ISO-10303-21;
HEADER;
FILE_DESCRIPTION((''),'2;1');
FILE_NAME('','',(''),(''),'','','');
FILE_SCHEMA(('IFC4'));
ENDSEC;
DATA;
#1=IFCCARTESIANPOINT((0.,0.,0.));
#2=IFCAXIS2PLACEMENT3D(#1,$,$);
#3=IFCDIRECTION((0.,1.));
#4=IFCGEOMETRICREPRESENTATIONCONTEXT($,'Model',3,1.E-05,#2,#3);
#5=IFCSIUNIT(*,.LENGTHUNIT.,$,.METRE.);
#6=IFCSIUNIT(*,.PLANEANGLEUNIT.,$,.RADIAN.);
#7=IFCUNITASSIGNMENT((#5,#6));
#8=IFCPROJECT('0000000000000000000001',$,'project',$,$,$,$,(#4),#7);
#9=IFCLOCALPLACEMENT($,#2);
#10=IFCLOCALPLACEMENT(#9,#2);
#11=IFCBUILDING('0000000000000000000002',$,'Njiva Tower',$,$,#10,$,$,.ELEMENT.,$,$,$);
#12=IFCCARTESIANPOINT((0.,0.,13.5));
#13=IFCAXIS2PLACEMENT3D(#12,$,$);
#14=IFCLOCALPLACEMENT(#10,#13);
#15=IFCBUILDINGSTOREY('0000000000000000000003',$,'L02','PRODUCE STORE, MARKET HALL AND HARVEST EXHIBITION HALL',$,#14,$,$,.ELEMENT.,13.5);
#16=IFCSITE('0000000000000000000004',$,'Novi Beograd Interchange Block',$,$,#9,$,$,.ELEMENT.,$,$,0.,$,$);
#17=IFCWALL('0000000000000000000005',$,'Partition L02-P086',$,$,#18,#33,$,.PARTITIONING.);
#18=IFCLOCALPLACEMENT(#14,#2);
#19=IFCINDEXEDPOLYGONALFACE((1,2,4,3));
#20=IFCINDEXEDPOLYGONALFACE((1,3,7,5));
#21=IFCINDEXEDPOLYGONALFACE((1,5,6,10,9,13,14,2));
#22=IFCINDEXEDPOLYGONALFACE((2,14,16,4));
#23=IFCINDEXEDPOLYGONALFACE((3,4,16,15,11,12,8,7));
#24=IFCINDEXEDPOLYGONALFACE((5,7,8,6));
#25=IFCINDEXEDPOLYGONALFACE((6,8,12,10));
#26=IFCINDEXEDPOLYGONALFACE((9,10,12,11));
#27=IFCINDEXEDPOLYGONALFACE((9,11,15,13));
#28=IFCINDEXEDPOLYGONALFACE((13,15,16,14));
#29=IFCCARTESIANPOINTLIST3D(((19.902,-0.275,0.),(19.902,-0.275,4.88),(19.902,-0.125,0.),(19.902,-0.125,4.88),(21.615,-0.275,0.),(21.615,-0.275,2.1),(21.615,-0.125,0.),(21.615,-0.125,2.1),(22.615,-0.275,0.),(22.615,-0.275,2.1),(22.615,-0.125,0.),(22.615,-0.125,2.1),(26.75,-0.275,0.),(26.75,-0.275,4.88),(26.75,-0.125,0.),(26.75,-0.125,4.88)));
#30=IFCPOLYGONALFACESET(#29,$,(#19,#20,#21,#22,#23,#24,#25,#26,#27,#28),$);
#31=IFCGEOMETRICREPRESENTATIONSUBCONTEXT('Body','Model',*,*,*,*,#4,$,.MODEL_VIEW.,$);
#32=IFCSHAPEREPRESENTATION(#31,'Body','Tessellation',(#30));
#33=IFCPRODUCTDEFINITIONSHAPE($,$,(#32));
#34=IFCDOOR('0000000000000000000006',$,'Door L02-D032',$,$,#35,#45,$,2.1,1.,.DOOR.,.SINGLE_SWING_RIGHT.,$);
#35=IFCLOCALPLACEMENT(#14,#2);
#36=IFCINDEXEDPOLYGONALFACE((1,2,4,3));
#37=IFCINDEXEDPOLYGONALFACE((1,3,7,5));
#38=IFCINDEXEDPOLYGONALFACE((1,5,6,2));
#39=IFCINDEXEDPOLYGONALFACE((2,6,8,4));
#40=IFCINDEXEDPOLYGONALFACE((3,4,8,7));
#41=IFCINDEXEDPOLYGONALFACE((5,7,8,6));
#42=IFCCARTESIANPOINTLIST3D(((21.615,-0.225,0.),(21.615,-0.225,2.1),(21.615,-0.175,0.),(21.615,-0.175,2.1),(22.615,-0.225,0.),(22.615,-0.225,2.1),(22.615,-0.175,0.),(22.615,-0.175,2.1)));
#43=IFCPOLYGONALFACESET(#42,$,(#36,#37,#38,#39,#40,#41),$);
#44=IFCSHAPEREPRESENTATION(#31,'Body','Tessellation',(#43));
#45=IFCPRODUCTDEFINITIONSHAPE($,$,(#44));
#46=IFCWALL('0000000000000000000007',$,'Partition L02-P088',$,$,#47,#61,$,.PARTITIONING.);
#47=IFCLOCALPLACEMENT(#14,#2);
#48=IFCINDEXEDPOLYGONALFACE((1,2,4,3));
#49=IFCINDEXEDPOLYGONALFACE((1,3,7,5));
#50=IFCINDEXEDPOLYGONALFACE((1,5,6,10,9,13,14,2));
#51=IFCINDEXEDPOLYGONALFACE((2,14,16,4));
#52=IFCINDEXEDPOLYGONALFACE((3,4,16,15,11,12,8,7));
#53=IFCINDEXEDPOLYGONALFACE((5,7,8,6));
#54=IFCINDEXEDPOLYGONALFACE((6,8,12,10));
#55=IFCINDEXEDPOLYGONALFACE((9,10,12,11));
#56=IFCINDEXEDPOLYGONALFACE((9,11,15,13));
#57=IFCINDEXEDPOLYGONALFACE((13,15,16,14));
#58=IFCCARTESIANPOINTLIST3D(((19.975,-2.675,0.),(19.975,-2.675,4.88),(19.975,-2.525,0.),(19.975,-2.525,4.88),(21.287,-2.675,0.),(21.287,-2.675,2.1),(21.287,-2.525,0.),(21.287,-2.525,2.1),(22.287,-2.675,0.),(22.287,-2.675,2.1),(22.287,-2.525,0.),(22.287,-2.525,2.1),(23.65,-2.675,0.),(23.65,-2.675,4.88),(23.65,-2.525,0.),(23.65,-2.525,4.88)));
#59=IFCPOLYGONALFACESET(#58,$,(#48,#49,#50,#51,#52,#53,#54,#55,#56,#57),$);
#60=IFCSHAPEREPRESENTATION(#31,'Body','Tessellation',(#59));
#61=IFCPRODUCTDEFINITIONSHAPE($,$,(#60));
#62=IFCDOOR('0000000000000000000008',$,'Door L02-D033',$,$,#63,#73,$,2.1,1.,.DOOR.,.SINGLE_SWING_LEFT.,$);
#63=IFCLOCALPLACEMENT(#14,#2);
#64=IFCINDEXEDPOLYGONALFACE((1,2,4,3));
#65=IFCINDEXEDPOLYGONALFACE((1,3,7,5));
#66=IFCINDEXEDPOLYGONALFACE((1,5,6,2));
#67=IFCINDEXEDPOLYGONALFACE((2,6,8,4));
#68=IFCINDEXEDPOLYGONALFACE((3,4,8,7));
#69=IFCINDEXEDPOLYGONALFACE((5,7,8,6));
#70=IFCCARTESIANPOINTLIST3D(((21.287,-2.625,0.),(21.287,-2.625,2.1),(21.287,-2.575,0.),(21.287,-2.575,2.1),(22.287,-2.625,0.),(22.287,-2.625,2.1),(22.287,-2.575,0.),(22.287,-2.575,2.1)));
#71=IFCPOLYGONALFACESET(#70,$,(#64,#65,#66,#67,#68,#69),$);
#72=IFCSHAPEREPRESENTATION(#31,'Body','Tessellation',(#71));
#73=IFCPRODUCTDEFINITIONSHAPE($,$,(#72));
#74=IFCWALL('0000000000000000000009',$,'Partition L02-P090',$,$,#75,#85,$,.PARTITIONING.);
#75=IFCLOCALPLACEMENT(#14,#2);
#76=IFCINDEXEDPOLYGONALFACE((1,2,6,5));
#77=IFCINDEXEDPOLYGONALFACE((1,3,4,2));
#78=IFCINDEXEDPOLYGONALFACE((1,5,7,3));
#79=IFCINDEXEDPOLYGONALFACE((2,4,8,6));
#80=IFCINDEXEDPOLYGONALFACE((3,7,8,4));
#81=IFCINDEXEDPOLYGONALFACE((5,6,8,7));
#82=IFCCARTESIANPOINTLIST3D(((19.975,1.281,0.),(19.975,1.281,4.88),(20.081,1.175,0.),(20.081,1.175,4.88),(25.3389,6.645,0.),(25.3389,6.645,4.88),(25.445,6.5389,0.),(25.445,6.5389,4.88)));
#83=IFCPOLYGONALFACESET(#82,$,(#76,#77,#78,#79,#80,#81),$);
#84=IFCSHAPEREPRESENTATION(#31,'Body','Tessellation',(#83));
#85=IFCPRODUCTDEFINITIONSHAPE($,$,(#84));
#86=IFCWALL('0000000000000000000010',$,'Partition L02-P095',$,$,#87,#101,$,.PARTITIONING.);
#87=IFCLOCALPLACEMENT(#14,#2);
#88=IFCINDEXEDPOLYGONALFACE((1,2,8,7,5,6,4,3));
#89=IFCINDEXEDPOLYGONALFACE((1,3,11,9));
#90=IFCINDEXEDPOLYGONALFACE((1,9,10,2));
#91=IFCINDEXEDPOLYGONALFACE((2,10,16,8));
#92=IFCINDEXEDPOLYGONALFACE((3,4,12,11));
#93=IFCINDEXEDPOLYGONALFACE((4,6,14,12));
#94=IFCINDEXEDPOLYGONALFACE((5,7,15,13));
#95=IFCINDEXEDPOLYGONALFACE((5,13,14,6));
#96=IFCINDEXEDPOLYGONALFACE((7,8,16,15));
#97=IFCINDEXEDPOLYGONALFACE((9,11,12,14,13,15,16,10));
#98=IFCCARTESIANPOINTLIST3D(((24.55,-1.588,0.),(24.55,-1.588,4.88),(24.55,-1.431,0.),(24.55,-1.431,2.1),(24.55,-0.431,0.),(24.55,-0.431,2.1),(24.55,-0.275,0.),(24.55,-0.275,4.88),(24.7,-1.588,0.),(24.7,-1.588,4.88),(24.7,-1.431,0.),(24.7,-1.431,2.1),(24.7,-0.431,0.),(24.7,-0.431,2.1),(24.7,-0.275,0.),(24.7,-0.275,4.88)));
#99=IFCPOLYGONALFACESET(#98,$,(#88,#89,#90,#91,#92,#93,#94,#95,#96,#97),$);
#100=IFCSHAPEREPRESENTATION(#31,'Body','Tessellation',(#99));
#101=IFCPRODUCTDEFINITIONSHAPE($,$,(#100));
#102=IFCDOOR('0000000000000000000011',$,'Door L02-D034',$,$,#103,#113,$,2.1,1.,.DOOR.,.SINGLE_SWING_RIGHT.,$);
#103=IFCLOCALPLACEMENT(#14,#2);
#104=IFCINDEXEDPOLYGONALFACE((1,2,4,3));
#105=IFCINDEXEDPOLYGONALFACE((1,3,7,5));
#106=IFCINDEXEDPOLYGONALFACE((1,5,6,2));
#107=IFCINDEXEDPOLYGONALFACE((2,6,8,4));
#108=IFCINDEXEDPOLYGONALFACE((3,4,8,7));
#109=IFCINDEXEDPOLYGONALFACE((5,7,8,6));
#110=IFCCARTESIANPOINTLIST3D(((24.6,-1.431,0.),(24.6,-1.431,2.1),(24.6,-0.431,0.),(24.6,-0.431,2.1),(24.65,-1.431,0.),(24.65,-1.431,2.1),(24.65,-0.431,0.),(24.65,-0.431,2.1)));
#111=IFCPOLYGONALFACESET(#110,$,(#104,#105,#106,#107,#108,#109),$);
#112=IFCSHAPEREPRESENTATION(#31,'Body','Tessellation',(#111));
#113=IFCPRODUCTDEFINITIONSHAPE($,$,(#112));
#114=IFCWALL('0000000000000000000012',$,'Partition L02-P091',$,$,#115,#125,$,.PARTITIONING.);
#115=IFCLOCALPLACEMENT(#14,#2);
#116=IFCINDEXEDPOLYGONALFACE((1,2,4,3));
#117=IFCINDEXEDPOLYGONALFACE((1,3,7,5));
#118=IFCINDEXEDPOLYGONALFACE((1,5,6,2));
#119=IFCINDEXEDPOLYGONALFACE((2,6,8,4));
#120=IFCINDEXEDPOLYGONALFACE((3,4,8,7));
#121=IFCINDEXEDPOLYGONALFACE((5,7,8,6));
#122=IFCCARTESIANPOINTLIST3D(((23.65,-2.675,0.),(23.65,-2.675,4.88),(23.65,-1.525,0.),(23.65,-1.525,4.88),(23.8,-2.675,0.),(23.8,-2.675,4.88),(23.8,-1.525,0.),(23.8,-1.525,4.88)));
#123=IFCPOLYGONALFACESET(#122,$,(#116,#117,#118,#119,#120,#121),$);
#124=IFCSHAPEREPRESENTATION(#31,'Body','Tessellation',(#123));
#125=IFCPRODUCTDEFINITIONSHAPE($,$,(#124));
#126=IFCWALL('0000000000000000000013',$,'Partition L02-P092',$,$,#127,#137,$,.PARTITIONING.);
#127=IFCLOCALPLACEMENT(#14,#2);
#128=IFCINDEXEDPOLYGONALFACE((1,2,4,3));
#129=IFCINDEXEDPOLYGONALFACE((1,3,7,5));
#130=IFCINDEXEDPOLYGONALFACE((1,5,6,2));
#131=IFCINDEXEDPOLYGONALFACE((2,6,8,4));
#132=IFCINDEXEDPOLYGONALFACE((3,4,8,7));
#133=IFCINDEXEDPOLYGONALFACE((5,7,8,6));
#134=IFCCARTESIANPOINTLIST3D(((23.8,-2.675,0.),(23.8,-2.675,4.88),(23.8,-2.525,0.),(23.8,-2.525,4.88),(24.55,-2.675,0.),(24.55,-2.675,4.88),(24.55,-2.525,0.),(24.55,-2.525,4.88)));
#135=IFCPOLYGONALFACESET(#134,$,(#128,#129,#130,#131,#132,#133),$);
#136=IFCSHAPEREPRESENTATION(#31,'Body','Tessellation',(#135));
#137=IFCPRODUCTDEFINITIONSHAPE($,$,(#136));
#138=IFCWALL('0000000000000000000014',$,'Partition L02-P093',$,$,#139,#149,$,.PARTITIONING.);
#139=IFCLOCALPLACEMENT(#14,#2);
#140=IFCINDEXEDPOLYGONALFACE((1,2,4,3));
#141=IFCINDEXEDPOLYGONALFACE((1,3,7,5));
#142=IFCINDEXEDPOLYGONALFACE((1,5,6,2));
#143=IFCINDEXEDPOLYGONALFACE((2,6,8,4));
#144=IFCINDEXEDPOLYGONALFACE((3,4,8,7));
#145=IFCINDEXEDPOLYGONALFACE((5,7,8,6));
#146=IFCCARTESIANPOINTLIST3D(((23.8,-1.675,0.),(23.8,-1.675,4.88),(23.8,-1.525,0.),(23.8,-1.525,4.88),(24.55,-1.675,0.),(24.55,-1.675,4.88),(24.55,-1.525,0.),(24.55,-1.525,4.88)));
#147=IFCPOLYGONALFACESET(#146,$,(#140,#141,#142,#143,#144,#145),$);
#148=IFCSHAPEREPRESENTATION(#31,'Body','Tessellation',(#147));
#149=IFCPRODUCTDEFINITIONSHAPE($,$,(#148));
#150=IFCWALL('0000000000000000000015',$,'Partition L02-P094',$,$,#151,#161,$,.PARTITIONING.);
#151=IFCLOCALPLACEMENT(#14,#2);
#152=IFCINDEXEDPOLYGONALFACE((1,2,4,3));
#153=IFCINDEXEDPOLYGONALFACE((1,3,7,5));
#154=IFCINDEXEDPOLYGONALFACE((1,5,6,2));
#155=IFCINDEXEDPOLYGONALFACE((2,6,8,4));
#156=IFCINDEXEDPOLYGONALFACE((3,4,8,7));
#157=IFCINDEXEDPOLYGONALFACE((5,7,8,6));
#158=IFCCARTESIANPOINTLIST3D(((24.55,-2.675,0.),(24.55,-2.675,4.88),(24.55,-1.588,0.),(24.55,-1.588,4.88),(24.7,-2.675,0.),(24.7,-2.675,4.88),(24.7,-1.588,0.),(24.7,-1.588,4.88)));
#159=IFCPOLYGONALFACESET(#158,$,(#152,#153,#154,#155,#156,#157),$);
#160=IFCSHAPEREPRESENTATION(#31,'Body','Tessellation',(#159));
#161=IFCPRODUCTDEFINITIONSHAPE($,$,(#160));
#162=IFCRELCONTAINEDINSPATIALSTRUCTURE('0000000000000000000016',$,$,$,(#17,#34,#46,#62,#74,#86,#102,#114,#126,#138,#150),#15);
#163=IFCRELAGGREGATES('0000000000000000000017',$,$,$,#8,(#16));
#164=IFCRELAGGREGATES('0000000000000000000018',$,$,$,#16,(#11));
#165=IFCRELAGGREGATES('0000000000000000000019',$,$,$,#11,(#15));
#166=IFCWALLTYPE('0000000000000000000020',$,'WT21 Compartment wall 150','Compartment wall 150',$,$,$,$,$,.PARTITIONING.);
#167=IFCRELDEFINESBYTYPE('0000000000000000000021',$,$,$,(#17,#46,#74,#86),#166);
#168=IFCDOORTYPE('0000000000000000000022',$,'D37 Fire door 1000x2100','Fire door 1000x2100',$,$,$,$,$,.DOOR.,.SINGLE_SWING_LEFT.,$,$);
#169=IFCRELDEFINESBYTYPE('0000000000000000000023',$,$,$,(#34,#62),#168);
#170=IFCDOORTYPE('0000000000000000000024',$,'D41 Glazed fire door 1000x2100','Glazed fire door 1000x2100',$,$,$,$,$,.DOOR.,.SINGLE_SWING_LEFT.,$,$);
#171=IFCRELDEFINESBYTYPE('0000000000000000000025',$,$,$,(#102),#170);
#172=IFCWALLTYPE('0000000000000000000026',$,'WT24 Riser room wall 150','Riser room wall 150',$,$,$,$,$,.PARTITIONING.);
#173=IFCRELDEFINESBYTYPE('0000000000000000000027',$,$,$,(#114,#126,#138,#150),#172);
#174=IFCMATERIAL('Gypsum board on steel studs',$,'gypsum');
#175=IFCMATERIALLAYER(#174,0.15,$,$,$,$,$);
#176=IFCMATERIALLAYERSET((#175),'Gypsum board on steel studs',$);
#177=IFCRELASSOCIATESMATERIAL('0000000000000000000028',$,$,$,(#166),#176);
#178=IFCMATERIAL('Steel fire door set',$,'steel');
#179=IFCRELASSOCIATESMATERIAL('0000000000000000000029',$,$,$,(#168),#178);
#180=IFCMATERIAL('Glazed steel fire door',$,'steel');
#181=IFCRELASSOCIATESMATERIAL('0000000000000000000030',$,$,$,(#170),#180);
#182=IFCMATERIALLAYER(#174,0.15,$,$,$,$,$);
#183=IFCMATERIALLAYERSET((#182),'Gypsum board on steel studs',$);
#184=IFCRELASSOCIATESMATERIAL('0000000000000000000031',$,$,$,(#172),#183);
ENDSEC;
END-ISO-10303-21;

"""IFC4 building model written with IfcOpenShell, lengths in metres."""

from ifc_helpers import new_model, si_unit, direction, frame, frame_2d, origin, place, context, subcontext, project, spatial, rectangle, extrude, material, layer, layer_set, type_object, element, fill, save


model = new_model("IFC4")

# Units and contexts
model_context = context("Model", 3, precision=1e-05, world=origin(), true_north=direction((0.0, 1.0)))
body_context = subcontext(model_context, "Body", "Model", "MODEL_VIEW")
ifc_project = project(units=[si_unit("LENGTHUNIT", "METRE"), si_unit("PLANEANGLEUNIT", "RADIAN")], contexts=[model_context])

# Site, building, storey
site_placement = place(None, origin())
site = spatial("IfcSite", under=ifc_project, at=site_placement, Name="Novi Beograd Interchange Block", CompositionType="ELEMENT", RefElevation=0.0)
building_placement = place(site_placement, origin())
building = spatial("IfcBuilding", under=site, at=building_placement, Name="Njiva Tower", CompositionType="ELEMENT")
storey_placement = place(building_placement, frame((0.0, 0.0, 13.5)))
storey = spatial("IfcBuildingStorey", under=building, at=storey_placement, Name="L02", Description="PRODUCE STORE, MARKET HALL AND HARVEST EXHIBITION HALL", CompositionType="ELEMENT", Elevation=13.5)

# Shared definitions
ifc_material_1 = material(Name="Glazed steel fire door", Category="steel")

# Shared definitions
ifc_material_2 = material(Name="Gypsum board on steel studs", Category="gypsum")
ifc_layer_1 = layer(ifc_material_2, 0.15)
ifc_layer_set_1 = layer_set([ifc_layer_1], Name="Gypsum board on steel studs")
wall_type_1 = type_object("IfcWallType", Name="WT21 Compartment wall 150", Description="Compartment wall 150", PredefinedType="PARTITIONING", material=ifc_layer_set_1)

# Walls, openings, doors
ifc_material_3 = material(Name="Steel fire door set", Category="steel")
door_type_1 = type_object("IfcDoorType", Name="D37 Fire door 1000x2100", Description="Fire door 1000x2100", OperationType="SINGLE_SWING_LEFT", PredefinedType="DOOR", material=ifc_material_3)
wall_1_placement = place(storey_placement, frame((19.902, -0.2, 0.0), z_axis=(0.0, 0.0, 1.0), x_axis=(1.0, 0.0, 0.0)))
wall_1 = element("IfcWall", 1, at=wall_1_placement, inside=storey, type_object=wall_type_1, Name="Partition L02-P086", PredefinedType="PARTITIONING", context=body_context, shape_type="SweptSolid", body=[
    extrude(rectangle(XDim=6.848, YDim=0.15, at=frame_2d((3.424, 0.0))), origin(), (0.0, 0.0, 1.0), 4.88),
])
opening_1_placement = place(wall_1_placement, frame((1.713, 0.0, 0.0)))
opening_1 = element("IfcOpeningElement", 2, at=opening_1_placement, cuts=wall_1, PredefinedType="OPENING", context=body_context, shape_type="SweptSolid", body=[
    extrude(rectangle(XDim=1.0, YDim=2.1, at=frame_2d((0.5, 1.05))), frame((0.0, 0.085, 0.0), z_axis=(0.0, -1.0, 0.0), x_axis=(1.0, 0.0, 0.0)), (0.0, 0.0, 1.0), 0.17),
])
door_1_placement = place(opening_1_placement, origin())
door_1 = element("IfcDoor", 3, at=door_1_placement, inside=storey, type_object=door_type_1, Name="Door L02-D032", OperationType="SINGLE_SWING_RIGHT", OverallHeight=2.1, OverallWidth=1.0, PredefinedType="DOOR", context=body_context, shape_type="SweptSolid", body=[
    extrude(rectangle(XDim=1.0, YDim=2.1, at=frame_2d((0.5, 1.05))), frame((0.0, 0.025, 0.0), z_axis=(0.0, -1.0, 0.0), x_axis=(1.0, 0.0, 0.0)), (0.0, 0.0, 1.0), 0.05),
])
fill(opening_1, door_1)
wall_2_placement = place(storey_placement, frame((19.975, -2.6, 0.0), z_axis=(0.0, 0.0, 1.0), x_axis=(1.0, 0.0, 0.0)))
wall_2 = element("IfcWall", 4, at=wall_2_placement, inside=storey, type_object=wall_type_1, Name="Partition L02-P088", PredefinedType="PARTITIONING", context=body_context, shape_type="SweptSolid", body=[
    extrude(rectangle(XDim=3.675, YDim=0.15, at=frame_2d((1.8375, 0.0))), origin(), (0.0, 0.0, 1.0), 4.88),
])
opening_2_placement = place(wall_2_placement, frame((1.312, 0.0, 0.0)))
opening_2 = element("IfcOpeningElement", 5, at=opening_2_placement, cuts=wall_2, PredefinedType="OPENING", context=body_context, shape_type="SweptSolid", body=[
    extrude(rectangle(XDim=1.0, YDim=2.1, at=frame_2d((0.5, 1.05))), frame((0.0, 0.085, 0.0), z_axis=(0.0, -1.0, 0.0), x_axis=(1.0, 0.0, 0.0)), (0.0, 0.0, 1.0), 0.17),
])
door_2_placement = place(opening_2_placement, origin())
door_2 = element("IfcDoor", 6, at=door_2_placement, inside=storey, type_object=door_type_1, Name="Door L02-D033", OperationType="SINGLE_SWING_LEFT", OverallHeight=2.1, OverallWidth=1.0, PredefinedType="DOOR", context=body_context, shape_type="SweptSolid", body=[
    extrude(rectangle(XDim=1.0, YDim=2.1, at=frame_2d((0.5, 1.05))), frame((0.0, 0.025, 0.0), z_axis=(0.0, -1.0, 0.0), x_axis=(1.0, 0.0, 0.0)), (0.0, 0.0, 1.0), 0.05),
])
fill(opening_2, door_2)

# Wall
wall_3_placement = place(storey_placement, frame((20.028, 1.228, 0.0), z_axis=(0.0, 0.0, 1.0), x_axis=(0.707107, 0.707107, 0.0)))
element("IfcWall", 7, at=wall_3_placement, inside=storey, type_object=wall_type_1, Name="Partition L02-P090", PredefinedType="PARTITIONING", context=body_context, shape_type="SweptSolid", body=[
    extrude(rectangle(XDim=7.5858, YDim=0.15, at=frame_2d((3.7929, 0.0))), origin(), (0.0, 0.0, 1.0), 4.88),
])

# Wall, opening, door
wall_4_placement = place(storey_placement, frame((24.625, -1.588, 0.0), z_axis=(0.0, 0.0, 1.0), x_axis=(0.0, 1.0, 0.0)))
wall_4 = element("IfcWall", 8, at=wall_4_placement, inside=storey, type_object=wall_type_1, Name="Partition L02-P095", PredefinedType="PARTITIONING", context=body_context, shape_type="SweptSolid", body=[
    extrude(rectangle(XDim=1.313, YDim=0.15, at=frame_2d((0.6565, 0.0))), origin(), (0.0, 0.0, 1.0), 4.88),
])
opening_3_placement = place(wall_4_placement, frame((0.157, 0.0, 0.0)))
opening_3 = element("IfcOpeningElement", 9, at=opening_3_placement, cuts=wall_4, PredefinedType="OPENING", context=body_context, shape_type="SweptSolid", body=[
    extrude(rectangle(XDim=1.0, YDim=2.1, at=frame_2d((0.5, 1.05))), frame((0.0, 0.085, 0.0), z_axis=(0.0, -1.0, 0.0), x_axis=(1.0, 0.0, 0.0)), (0.0, 0.0, 1.0), 0.17),
])
door_type_2 = type_object("IfcDoorType", Name="D41 Glazed fire door 1000x2100", Description="Glazed fire door 1000x2100", OperationType="SINGLE_SWING_LEFT", PredefinedType="DOOR", material=ifc_material_1)
door_3_placement = place(opening_3_placement, origin())
door_3 = element("IfcDoor", 10, at=door_3_placement, inside=storey, type_object=door_type_2, Name="Door L02-D034", OperationType="SINGLE_SWING_RIGHT", OverallHeight=2.1, OverallWidth=1.0, PredefinedType="DOOR", context=body_context, shape_type="SweptSolid", body=[
    extrude(rectangle(XDim=1.0, YDim=2.1, at=frame_2d((0.5, 1.05))), frame((0.0, 0.025, 0.0), z_axis=(0.0, -1.0, 0.0), x_axis=(1.0, 0.0, 0.0)), (0.0, 0.0, 1.0), 0.05),
])
fill(opening_3, door_3)

# Walls
ifc_layer_2 = layer(ifc_material_2, 0.15)
ifc_layer_set_2 = layer_set([ifc_layer_2], Name="Gypsum board on steel studs")
wall_type_2 = type_object("IfcWallType", Name="WT24 Riser room wall 150", Description="Riser room wall 150", PredefinedType="PARTITIONING", material=ifc_layer_set_2)
wall_5_placement = place(storey_placement, frame((23.725, -2.675, 0.0), z_axis=(0.0, 0.0, 1.0), x_axis=(0.0, 1.0, 0.0)))
element("IfcWall", 11, at=wall_5_placement, inside=storey, type_object=wall_type_2, Name="Partition L02-P091", PredefinedType="PARTITIONING", context=body_context, shape_type="SweptSolid", body=[
    extrude(rectangle(XDim=1.15, YDim=0.15, at=frame_2d((0.575, 0.0))), origin(), (0.0, 0.0, 1.0), 4.88),
])
for number, where, z_axis, x_axis, name in (
    (12, (23.8, -2.6, 0.0), (0.0, 0.0, 1.0), (1.0, 0.0, 0.0), "Partition L02-P092"),
    (13, (23.8, -1.6, 0.0), (0.0, 0.0, 1.0), (1.0, 0.0, 0.0), "Partition L02-P093"),
):
    element("IfcWall", number, at=place(storey_placement, frame(where, z_axis=z_axis, x_axis=x_axis)), inside=storey, type_object=wall_type_2, Name=name, PredefinedType="PARTITIONING", context=body_context, shape_type="SweptSolid", body=[
        extrude(rectangle(XDim=0.75, YDim=0.15, at=frame_2d((0.375, 0.0))), origin(), (0.0, 0.0, 1.0), 4.88),
    ])
wall_6_placement = place(storey_placement, frame((24.625, -2.675, 0.0), z_axis=(0.0, 0.0, 1.0), x_axis=(0.0, 1.0, 0.0)))
element("IfcWall", 14, at=wall_6_placement, inside=storey, type_object=wall_type_2, Name="Partition L02-P094", PredefinedType="PARTITIONING", context=body_context, shape_type="SweptSolid", body=[
    extrude(rectangle(XDim=1.087, YDim=0.15, at=frame_2d((0.5435, 0.0))), origin(), (0.0, 0.0, 1.0), 4.88),
])

save(model, "model.ifc")
